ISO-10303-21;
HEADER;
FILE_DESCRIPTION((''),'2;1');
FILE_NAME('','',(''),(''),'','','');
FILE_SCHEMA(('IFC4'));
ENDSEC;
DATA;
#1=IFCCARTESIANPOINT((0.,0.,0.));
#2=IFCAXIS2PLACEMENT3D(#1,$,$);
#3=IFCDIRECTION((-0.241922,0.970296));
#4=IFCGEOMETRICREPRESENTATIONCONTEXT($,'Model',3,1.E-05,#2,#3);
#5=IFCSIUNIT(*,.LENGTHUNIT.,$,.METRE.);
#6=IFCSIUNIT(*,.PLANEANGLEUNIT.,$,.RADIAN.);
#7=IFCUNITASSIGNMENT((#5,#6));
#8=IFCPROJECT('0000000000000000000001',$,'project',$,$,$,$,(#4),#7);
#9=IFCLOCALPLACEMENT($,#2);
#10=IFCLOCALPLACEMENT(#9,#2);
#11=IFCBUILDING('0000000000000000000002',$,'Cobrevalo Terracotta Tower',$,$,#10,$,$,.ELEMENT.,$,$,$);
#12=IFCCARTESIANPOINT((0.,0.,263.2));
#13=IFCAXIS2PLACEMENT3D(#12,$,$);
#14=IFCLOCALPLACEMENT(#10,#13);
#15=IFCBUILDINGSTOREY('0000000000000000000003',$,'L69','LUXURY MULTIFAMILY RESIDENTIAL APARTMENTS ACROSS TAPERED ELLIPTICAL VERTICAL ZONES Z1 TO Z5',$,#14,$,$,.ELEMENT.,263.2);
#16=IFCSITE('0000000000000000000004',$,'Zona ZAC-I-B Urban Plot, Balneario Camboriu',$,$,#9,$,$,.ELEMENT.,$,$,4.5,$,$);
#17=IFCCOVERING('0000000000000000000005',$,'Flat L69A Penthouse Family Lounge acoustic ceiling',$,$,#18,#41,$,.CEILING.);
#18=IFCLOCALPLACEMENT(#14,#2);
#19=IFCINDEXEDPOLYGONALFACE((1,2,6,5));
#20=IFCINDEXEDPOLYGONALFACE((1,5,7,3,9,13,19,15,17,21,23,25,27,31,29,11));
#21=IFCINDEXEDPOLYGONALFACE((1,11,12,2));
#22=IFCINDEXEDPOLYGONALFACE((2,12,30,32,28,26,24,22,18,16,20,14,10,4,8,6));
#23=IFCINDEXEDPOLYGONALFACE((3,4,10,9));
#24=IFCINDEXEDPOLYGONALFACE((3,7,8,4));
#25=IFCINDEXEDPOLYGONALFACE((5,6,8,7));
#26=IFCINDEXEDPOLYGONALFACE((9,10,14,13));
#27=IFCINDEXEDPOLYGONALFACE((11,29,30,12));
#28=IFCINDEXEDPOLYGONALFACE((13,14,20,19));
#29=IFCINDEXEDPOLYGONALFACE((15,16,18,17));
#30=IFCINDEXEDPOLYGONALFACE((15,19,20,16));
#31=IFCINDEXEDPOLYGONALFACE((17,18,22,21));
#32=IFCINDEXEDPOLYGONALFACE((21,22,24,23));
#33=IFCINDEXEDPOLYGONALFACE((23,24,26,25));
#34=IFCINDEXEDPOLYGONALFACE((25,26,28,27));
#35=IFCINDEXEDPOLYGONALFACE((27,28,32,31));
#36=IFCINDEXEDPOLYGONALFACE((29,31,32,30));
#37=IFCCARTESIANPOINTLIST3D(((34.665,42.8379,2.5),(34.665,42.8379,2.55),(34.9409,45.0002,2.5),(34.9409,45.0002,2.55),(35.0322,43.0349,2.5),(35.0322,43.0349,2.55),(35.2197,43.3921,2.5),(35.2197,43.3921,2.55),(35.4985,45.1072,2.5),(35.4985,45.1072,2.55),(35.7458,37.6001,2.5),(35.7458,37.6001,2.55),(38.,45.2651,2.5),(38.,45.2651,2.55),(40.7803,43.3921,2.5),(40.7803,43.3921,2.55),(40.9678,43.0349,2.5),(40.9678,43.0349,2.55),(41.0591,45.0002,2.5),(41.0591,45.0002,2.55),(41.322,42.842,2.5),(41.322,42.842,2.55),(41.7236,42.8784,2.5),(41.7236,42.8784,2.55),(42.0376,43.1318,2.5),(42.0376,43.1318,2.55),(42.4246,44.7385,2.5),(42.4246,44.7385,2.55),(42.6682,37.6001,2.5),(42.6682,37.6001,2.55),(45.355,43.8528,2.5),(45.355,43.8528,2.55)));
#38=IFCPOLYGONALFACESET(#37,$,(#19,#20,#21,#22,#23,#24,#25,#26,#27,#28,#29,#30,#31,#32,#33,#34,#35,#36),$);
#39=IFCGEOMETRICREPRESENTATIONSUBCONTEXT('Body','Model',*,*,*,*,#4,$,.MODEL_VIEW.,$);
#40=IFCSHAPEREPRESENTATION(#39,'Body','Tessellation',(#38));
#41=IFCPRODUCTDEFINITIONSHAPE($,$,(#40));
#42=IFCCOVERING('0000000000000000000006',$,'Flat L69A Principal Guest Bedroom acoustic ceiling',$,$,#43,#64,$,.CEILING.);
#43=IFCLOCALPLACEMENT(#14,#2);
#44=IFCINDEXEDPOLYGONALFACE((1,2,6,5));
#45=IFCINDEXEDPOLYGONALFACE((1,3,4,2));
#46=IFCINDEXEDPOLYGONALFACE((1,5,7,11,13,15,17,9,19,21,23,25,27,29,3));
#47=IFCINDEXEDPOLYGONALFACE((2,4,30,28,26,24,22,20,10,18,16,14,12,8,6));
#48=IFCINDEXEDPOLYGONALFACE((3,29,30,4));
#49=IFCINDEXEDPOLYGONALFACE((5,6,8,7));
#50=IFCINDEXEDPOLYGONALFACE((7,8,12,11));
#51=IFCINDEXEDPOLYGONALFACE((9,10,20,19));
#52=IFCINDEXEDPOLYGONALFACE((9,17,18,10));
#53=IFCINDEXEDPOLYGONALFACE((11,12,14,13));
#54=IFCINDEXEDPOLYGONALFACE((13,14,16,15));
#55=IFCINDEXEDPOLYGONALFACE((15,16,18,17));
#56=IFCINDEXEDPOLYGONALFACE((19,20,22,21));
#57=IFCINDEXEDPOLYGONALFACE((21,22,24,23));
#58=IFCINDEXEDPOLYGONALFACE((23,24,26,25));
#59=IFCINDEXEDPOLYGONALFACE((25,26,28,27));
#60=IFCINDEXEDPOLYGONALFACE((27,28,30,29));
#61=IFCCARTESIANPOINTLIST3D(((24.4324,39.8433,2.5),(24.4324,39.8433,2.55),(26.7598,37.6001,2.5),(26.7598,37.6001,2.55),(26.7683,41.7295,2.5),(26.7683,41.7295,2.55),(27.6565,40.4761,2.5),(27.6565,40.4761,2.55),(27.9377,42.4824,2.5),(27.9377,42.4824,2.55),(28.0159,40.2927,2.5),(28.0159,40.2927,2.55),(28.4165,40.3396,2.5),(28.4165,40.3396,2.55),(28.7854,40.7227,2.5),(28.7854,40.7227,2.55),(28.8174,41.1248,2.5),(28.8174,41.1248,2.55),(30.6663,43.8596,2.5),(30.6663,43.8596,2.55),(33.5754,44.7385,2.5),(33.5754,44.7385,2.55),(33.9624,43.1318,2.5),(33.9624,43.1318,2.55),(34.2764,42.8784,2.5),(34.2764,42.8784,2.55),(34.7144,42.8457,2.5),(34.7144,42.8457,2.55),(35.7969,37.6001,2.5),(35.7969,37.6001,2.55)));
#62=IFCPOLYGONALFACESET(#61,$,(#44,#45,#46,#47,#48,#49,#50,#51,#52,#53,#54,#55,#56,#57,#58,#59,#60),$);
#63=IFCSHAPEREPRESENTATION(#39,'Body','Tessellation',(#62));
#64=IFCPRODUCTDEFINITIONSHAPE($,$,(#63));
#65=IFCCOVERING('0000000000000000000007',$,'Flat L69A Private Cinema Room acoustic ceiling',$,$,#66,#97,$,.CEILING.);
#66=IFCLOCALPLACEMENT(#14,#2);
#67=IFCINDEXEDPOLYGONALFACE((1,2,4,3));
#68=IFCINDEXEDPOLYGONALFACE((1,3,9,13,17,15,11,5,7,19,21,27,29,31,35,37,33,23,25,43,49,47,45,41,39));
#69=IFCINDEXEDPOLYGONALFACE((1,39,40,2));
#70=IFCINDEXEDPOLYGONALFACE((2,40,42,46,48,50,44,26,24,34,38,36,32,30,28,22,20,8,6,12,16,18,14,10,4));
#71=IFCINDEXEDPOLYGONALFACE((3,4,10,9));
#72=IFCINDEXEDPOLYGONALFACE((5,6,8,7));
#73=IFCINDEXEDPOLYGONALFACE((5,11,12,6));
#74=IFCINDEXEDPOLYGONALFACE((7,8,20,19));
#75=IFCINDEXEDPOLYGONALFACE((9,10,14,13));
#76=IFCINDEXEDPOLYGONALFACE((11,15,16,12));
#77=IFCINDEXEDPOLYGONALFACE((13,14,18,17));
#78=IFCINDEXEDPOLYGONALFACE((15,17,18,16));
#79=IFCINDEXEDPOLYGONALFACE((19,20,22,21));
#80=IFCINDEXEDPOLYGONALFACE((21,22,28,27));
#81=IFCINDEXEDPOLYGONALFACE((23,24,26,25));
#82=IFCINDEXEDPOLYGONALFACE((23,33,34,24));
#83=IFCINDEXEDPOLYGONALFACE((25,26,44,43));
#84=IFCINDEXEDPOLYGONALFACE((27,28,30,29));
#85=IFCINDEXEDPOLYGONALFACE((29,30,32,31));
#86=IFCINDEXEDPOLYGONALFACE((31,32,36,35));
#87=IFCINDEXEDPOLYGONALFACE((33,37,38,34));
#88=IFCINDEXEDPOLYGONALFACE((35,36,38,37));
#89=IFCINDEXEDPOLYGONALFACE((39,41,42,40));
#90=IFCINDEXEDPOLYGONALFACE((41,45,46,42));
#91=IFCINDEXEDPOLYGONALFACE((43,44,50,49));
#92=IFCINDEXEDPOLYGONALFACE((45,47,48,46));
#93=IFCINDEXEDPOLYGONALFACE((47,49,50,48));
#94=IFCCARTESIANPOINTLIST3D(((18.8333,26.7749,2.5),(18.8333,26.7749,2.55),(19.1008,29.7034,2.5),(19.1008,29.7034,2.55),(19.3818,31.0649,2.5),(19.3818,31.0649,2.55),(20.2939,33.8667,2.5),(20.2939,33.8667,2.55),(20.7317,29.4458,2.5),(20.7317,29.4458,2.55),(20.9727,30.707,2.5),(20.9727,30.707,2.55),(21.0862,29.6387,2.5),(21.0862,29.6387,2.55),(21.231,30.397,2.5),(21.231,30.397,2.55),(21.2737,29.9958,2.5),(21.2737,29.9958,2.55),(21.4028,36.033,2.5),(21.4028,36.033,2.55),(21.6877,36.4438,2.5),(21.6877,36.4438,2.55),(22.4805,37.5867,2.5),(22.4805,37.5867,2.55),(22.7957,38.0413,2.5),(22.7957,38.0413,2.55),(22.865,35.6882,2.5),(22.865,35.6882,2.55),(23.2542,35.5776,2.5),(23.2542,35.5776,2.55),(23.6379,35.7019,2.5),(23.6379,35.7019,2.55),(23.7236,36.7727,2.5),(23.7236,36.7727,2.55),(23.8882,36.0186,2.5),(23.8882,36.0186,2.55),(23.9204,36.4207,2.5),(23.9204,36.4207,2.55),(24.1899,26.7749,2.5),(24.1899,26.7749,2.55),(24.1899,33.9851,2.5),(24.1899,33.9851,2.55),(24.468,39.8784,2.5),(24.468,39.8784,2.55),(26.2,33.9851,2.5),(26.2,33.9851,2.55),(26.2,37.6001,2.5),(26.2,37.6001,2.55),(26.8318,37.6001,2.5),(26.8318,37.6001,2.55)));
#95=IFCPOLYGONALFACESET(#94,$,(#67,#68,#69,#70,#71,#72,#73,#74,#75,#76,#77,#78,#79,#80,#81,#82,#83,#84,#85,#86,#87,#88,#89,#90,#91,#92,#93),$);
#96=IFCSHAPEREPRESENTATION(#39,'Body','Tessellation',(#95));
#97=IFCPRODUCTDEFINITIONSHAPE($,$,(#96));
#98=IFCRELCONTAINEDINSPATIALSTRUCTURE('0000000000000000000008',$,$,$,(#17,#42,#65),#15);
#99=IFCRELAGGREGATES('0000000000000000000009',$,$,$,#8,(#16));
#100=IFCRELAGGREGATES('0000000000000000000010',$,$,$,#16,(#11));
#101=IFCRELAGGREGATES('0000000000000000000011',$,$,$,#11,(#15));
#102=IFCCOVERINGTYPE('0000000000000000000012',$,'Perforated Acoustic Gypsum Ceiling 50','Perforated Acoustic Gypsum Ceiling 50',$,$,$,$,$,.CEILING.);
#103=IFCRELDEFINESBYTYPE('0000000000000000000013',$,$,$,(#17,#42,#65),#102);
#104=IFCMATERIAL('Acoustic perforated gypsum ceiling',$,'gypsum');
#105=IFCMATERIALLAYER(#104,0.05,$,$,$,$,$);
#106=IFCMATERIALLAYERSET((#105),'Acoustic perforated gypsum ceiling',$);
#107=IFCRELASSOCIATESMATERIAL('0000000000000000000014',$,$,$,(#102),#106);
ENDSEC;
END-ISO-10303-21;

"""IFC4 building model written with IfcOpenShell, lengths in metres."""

from ifc_helpers import new_model, si_unit, direction, frame, origin, place, context, subcontext, project, spatial, polyline, outline, extrude, material, layer, layer_set, type_object, element, save


model = new_model("IFC4")

# Units and contexts
model_context = context("Model", 3, precision=1e-05, world=origin(), true_north=direction((-0.241922, 0.970296)))
body_context = subcontext(model_context, "Body", "Model", "MODEL_VIEW")
ifc_project = project(units=[si_unit("LENGTHUNIT", "METRE"), si_unit("PLANEANGLEUNIT", "RADIAN")], contexts=[model_context])

# Site, building, storey
site_placement = place(None, origin())
site = spatial("IfcSite", under=ifc_project, at=site_placement, Name="Zona ZAC-I-B Urban Plot, Balneario Camboriu", CompositionType="ELEMENT", RefElevation=4.5)
building_placement = place(site_placement, origin())
building = spatial("IfcBuilding", under=site, at=building_placement, Name="Cobrevalo Terracotta Tower", CompositionType="ELEMENT")
storey_placement = place(building_placement, frame((0.0, 0.0, 263.2)))
storey = spatial("IfcBuildingStorey", under=building, at=storey_placement, Name="L69", Description="LUXURY MULTIFAMILY RESIDENTIAL APARTMENTS ACROSS TAPERED ELLIPTICAL VERTICAL ZONES Z1 TO Z5", CompositionType="ELEMENT", Elevation=263.2)

# Coverings
ifc_material_1 = material(Name="Acoustic perforated gypsum ceiling", Category="gypsum")
ifc_layer_1 = layer(ifc_material_1, 0.05)
ifc_layer_set_1 = layer_set([ifc_layer_1], Name="Acoustic perforated gypsum ceiling")
covering_type_1 = type_object("IfcCoveringType", Name="Perforated Acoustic Gypsum Ceiling 50", Description="Perforated Acoustic Gypsum Ceiling 50", PredefinedType="CEILING", material=ifc_layer_set_1)
covering_1_placement = place(storey_placement, frame((0.0, 0.0, 2.5)))
element("IfcCovering", 1, at=covering_1_placement, inside=storey, type_object=covering_type_1, Name="Flat L69A Penthouse Family Lounge acoustic ceiling", PredefinedType="CEILING", context=body_context, shape_type="SweptSolid", body=[
    extrude(outline(polyline([(34.665, 42.8379), (35.0322, 43.0349), (35.2197, 43.3921), (34.9409, 45.0002), (35.4985, 45.1072), (38.0, 45.2651), (41.0591, 45.0002), (40.7803, 43.3921), (40.9678, 43.0349), (41.322, 42.842), (41.7236, 42.8784), (42.0376, 43.1318), (42.4246, 44.7385), (45.355, 43.8528), (42.6682, 37.6001), (35.7458, 37.6001), (34.665, 42.8379)])), origin(), (0.0, 0.0, 1.0), 0.05),
])
covering_2_placement = place(storey_placement, frame((0.0, 0.0, 2.5)))
element("IfcCovering", 2, at=covering_2_placement, inside=storey, type_object=covering_type_1, Name="Flat L69A Principal Guest Bedroom acoustic ceiling", PredefinedType="CEILING", context=body_context, shape_type="SweptSolid", body=[
    extrude(outline(polyline([(24.4324, 39.8433), (26.7683, 41.7295), (27.6565, 40.4761), (28.0159, 40.2927), (28.4165, 40.3396), (28.7854, 40.7227), (28.8174, 41.1248), (27.9377, 42.4824), (30.6663, 43.8596), (33.5754, 44.7385), (33.9624, 43.1318), (34.2764, 42.8784), (34.7144, 42.8457), (35.7969, 37.6001), (26.7598, 37.6001), (24.4324, 39.8433)])), origin(), (0.0, 0.0, 1.0), 0.05),
])
covering_3_placement = place(storey_placement, frame((0.0, 0.0, 2.5)))
element("IfcCovering", 3, at=covering_3_placement, inside=storey, type_object=covering_type_1, Name="Flat L69A Private Cinema Room acoustic ceiling", PredefinedType="CEILING", context=body_context, shape_type="SweptSolid", body=[
    extrude(outline(polyline([(26.8318, 37.6001), (26.2, 37.6001), (26.2, 33.9851), (24.1899, 33.9851), (24.1899, 26.7749), (18.8333, 26.7749), (19.1008, 29.7034), (20.7317, 29.4458), (21.0862, 29.6387), (21.2737, 29.9958), (21.231, 30.397), (20.9727, 30.707), (19.3818, 31.0649), (20.2939, 33.8667), (21.4028, 36.033), (21.6877, 36.4438), (22.865, 35.6882), (23.2542, 35.5776), (23.6379, 35.7019), (23.8882, 36.0186), (23.9204, 36.4207), (23.7236, 36.7727), (22.4805, 37.5867), (22.7957, 38.0413), (24.468, 39.8784), (26.8318, 37.6001)])), origin(), (0.0, 0.0, 1.0), 0.05),
])

save(model, "model.ifc")
